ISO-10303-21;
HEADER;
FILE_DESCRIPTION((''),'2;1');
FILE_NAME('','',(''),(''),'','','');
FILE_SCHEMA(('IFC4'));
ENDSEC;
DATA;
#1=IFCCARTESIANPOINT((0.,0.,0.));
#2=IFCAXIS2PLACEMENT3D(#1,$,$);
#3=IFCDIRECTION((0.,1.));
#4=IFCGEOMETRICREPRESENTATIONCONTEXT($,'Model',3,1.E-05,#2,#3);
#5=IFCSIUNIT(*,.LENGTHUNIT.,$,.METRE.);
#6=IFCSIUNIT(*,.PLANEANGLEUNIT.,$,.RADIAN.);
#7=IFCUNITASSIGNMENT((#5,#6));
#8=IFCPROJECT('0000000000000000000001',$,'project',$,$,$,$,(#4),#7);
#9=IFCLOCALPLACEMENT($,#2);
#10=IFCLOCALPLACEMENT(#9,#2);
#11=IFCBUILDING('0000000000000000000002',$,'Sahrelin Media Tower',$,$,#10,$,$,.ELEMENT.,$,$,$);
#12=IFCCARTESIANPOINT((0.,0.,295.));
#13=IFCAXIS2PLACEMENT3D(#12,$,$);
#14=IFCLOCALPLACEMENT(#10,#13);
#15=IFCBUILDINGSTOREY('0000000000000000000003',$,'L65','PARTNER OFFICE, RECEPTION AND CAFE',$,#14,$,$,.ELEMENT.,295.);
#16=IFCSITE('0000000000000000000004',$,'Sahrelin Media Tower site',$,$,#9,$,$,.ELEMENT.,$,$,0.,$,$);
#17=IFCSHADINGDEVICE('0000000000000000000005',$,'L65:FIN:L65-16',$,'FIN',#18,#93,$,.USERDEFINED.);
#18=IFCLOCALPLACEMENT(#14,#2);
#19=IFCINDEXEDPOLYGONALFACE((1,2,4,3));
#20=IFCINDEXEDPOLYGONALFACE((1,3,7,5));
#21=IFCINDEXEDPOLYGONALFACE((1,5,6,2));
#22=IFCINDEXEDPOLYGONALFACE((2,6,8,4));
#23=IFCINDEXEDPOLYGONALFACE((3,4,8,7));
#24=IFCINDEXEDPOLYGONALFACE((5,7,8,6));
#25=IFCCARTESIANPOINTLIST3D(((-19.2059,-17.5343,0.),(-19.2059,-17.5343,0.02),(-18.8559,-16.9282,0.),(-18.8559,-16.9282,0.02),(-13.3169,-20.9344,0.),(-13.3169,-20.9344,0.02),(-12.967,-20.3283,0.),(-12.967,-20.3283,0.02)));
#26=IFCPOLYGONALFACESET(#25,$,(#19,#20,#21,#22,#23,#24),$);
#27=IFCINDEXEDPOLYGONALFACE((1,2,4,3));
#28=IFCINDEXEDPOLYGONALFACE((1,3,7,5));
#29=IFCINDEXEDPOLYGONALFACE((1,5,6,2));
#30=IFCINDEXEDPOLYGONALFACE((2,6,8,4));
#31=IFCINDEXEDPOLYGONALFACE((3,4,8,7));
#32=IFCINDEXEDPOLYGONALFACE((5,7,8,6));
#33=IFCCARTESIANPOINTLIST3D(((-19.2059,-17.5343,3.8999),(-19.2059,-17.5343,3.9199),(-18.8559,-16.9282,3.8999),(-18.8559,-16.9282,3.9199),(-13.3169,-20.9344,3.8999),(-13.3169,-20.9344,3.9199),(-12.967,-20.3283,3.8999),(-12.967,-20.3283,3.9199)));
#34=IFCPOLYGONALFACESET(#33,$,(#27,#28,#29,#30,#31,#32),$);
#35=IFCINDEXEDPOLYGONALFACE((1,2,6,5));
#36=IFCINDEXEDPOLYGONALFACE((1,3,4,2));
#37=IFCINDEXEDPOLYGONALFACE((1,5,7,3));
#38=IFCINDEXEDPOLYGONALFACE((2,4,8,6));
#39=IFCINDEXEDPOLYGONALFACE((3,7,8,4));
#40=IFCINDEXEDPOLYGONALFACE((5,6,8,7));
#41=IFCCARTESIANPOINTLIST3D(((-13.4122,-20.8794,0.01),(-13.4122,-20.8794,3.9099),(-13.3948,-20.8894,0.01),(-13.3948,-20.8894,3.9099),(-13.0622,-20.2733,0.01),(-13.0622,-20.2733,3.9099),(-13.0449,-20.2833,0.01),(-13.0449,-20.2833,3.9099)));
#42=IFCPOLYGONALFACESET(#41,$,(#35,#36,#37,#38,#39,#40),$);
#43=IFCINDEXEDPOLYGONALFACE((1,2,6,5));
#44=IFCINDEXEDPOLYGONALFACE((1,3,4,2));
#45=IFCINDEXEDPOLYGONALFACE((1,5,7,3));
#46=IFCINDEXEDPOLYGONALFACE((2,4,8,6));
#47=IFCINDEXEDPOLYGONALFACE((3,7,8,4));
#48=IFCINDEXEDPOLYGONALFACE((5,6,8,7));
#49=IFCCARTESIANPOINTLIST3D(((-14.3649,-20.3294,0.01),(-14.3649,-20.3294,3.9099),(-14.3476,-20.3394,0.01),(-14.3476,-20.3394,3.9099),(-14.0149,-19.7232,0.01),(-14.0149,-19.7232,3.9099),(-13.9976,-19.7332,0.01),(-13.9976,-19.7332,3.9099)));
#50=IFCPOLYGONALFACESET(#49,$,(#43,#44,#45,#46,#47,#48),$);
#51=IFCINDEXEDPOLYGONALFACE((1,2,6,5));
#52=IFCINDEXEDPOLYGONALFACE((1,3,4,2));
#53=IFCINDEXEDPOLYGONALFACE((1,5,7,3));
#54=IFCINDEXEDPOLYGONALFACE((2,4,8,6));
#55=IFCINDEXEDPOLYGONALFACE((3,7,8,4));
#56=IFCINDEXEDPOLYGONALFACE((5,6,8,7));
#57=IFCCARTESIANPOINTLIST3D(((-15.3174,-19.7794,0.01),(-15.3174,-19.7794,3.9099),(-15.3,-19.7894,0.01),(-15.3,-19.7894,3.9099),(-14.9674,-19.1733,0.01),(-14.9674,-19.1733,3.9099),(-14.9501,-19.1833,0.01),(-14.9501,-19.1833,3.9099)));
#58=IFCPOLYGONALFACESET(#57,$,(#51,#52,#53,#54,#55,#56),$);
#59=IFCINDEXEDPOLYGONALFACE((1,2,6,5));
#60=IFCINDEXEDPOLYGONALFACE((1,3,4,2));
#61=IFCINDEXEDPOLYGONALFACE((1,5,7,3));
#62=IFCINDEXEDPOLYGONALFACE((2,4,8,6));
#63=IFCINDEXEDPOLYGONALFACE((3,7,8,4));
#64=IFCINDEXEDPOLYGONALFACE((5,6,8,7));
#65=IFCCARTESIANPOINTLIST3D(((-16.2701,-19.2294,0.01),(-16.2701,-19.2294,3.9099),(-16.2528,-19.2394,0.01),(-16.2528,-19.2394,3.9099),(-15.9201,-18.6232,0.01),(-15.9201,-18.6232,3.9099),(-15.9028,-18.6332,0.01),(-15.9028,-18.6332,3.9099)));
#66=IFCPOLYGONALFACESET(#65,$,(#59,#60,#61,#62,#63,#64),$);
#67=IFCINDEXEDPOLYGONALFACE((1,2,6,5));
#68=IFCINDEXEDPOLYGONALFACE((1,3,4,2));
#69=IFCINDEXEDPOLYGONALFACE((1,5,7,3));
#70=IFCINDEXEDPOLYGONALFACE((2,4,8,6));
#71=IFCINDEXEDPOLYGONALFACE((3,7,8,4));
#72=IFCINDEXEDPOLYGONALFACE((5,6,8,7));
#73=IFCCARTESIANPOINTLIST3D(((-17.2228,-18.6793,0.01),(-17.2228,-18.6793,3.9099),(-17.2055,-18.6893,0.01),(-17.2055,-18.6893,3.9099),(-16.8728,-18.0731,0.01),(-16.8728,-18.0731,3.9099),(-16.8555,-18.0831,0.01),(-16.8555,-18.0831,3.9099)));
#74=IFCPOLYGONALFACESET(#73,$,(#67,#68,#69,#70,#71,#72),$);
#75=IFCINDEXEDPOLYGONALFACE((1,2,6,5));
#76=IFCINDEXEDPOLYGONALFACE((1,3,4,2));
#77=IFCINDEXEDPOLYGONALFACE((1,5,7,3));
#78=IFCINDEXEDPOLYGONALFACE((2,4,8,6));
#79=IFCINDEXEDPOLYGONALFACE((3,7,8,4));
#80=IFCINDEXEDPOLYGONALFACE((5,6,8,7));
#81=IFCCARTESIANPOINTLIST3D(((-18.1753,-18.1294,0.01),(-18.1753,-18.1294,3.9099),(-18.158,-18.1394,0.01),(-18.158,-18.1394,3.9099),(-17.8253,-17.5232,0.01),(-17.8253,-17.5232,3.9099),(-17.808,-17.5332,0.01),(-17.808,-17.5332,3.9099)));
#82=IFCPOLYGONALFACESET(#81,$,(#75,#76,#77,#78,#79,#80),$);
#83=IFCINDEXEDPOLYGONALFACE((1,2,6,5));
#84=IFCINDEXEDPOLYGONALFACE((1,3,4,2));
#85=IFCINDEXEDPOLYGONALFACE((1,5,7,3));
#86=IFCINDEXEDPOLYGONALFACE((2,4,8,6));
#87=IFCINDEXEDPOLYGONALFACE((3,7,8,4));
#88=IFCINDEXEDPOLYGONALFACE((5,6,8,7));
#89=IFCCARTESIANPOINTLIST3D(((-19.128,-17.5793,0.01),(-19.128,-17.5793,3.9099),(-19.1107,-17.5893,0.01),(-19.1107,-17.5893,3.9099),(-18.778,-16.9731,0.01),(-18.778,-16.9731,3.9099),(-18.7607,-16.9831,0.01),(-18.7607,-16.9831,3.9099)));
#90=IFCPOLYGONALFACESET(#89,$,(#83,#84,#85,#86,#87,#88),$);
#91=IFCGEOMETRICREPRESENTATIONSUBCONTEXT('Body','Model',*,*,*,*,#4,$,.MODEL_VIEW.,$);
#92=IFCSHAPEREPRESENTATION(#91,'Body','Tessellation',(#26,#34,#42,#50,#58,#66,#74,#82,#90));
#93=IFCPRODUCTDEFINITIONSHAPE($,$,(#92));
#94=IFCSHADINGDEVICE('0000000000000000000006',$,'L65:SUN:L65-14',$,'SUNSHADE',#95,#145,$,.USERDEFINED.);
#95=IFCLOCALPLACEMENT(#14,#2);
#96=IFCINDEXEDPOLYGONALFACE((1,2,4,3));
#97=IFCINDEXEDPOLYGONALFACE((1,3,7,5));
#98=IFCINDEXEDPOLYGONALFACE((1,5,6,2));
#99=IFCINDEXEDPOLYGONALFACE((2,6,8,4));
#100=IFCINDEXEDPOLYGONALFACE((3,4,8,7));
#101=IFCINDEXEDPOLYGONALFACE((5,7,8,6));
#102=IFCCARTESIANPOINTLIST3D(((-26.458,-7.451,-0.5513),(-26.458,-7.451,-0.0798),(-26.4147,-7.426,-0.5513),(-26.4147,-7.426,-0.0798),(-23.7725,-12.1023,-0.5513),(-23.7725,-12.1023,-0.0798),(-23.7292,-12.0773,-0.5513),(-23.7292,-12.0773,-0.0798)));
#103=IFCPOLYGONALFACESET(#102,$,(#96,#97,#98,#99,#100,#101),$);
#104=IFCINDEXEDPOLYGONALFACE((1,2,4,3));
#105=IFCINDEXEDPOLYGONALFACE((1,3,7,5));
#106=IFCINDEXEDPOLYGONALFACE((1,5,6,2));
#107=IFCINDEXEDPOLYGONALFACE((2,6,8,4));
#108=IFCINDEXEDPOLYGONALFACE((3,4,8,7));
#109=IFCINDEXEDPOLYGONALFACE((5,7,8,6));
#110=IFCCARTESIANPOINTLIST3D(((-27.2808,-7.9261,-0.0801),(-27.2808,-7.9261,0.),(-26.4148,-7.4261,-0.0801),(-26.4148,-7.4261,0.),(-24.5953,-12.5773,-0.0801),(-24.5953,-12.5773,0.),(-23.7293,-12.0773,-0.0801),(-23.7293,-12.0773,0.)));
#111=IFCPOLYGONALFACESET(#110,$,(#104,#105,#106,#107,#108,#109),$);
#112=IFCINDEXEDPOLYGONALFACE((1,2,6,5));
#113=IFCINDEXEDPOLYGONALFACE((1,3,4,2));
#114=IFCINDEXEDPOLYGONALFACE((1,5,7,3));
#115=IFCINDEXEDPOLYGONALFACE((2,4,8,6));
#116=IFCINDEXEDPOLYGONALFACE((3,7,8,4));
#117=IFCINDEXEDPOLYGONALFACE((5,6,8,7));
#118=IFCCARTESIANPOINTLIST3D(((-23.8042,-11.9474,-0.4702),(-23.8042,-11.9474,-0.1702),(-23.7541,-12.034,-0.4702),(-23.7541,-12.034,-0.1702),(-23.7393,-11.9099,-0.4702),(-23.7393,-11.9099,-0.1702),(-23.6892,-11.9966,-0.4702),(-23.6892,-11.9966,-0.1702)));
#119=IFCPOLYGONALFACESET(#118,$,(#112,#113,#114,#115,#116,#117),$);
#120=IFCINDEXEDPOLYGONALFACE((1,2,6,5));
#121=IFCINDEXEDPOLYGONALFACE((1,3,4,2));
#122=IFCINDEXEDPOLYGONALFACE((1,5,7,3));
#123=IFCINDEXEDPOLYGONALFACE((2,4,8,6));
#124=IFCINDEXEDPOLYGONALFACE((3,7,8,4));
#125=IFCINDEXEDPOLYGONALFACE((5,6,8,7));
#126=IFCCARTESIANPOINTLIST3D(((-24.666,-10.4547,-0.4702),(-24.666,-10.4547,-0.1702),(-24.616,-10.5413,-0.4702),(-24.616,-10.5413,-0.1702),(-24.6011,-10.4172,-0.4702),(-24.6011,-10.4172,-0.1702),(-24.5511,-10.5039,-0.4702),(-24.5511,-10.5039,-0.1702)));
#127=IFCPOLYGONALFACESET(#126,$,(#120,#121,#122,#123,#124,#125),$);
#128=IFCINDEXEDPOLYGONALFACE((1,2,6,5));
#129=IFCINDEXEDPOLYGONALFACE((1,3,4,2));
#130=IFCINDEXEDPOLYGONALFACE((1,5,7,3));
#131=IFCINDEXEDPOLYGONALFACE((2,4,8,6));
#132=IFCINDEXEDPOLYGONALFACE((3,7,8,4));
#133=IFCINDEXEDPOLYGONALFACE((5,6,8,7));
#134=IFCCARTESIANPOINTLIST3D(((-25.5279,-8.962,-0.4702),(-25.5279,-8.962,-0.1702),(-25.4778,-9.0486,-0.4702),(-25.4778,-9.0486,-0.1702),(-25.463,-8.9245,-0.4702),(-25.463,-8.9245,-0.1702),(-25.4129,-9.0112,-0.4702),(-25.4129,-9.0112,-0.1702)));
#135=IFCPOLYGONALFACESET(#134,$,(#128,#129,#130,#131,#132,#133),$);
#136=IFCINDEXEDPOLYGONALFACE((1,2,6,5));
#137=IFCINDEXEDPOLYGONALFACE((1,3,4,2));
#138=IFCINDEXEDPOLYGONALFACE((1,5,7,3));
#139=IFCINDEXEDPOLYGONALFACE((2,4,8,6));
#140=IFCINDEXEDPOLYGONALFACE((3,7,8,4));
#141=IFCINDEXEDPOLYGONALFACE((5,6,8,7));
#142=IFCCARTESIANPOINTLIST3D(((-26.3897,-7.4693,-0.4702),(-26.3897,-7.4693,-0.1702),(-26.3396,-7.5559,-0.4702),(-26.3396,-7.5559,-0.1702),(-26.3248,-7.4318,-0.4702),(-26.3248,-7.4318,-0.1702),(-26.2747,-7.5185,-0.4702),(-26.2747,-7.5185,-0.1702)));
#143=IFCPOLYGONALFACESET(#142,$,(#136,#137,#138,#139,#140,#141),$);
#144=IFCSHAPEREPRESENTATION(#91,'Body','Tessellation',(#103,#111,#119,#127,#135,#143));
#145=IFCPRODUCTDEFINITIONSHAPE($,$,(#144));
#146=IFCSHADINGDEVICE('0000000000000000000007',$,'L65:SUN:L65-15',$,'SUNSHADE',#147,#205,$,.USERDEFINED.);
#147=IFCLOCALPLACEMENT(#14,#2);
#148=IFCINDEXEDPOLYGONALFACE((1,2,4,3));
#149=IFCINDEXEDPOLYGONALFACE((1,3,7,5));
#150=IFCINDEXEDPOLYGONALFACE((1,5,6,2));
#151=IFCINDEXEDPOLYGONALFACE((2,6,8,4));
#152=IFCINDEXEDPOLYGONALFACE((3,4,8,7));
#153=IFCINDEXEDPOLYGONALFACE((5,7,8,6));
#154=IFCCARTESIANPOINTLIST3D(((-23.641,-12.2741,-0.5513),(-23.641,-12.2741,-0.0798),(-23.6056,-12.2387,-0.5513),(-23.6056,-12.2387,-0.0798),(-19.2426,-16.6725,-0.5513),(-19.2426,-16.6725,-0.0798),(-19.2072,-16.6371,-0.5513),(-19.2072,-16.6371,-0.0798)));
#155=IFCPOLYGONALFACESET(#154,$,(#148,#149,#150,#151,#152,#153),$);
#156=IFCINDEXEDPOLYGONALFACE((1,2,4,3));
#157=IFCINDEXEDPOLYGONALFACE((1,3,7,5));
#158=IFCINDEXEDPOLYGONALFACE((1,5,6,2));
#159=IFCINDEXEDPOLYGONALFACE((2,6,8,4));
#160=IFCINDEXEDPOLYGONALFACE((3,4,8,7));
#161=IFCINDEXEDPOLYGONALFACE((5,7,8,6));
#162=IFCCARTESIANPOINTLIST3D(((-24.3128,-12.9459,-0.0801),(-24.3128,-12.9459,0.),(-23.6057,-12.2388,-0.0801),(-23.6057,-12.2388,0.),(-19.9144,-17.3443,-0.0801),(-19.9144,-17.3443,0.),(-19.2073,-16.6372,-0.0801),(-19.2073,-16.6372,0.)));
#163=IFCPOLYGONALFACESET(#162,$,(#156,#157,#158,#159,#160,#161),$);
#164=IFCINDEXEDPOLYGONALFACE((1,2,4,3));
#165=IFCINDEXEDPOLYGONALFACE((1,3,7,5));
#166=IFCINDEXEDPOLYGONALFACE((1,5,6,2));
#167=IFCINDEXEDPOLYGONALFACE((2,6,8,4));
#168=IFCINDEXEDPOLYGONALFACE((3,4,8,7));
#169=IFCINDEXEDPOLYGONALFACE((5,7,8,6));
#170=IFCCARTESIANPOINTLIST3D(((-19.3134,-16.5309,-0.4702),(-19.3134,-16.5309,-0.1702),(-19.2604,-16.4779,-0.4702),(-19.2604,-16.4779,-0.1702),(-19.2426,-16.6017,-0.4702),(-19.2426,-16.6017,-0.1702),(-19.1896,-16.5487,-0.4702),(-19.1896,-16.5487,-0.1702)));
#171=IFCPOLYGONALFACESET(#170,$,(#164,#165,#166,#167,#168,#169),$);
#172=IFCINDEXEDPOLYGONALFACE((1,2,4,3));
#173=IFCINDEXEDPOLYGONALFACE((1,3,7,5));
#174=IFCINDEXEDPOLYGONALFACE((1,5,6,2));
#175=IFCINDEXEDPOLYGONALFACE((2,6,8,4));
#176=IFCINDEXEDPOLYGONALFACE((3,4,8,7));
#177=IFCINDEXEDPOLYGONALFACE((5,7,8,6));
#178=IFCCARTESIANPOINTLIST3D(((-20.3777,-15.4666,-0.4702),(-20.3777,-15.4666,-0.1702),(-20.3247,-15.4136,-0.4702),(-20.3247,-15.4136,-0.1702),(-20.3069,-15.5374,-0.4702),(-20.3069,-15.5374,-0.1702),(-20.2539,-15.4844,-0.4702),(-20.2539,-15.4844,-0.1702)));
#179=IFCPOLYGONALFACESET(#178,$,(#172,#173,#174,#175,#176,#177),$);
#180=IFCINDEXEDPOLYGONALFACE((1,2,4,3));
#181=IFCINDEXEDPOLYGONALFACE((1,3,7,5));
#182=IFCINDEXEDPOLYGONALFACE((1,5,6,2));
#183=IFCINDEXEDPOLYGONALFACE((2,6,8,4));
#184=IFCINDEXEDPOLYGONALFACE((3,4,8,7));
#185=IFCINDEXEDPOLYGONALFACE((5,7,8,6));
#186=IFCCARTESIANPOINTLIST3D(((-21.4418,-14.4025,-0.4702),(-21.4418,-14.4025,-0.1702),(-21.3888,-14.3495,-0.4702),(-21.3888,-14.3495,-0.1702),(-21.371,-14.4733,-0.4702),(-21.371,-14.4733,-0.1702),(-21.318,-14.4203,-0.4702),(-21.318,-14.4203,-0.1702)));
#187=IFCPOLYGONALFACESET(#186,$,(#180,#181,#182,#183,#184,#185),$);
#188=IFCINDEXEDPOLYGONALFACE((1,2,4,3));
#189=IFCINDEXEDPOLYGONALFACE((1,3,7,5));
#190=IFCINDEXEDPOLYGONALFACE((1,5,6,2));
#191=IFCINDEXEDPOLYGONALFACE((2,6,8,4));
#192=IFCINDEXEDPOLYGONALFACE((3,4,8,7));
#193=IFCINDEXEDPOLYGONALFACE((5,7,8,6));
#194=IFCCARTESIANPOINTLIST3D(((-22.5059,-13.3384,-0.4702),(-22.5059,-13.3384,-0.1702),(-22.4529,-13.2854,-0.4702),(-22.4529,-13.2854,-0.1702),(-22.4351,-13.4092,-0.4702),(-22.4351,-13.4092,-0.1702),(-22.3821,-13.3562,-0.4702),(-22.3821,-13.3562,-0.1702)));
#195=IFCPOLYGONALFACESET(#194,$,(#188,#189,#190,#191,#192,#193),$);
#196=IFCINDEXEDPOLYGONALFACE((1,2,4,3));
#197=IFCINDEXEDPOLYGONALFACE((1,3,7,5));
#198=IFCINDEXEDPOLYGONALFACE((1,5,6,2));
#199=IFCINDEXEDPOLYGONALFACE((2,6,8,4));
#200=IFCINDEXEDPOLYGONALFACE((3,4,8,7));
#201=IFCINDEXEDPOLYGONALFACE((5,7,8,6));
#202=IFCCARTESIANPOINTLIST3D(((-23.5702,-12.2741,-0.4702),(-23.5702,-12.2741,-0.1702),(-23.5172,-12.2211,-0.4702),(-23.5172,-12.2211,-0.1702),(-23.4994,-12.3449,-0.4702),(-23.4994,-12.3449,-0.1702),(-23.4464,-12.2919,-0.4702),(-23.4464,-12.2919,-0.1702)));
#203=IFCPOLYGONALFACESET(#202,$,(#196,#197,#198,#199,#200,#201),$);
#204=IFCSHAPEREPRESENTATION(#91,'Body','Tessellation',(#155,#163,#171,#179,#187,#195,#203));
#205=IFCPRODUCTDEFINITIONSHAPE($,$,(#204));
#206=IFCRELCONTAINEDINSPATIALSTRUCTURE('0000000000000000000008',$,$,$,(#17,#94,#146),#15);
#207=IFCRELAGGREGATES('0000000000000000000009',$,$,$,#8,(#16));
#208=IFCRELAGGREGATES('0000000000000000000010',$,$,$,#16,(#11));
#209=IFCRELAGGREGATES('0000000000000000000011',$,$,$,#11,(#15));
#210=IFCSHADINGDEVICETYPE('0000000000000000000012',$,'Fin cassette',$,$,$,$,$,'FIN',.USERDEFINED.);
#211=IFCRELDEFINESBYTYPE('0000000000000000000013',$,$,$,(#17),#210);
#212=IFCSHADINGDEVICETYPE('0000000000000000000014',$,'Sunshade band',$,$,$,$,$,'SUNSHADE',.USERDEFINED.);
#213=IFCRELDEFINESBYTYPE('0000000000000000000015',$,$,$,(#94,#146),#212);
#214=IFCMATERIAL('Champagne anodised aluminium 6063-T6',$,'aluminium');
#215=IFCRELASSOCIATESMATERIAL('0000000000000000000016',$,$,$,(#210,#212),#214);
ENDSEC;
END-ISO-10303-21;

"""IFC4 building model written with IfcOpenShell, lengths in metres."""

from ifc_helpers import new_model, si_unit, direction, frame, origin, origin_2d, place, context, subcontext, project, spatial, rectangle, extrude, material, type_object, element, save


model = new_model("IFC4")

# Units and contexts
model_context = context("Model", 3, precision=1e-05, world=origin(), true_north=direction((0.0, 1.0)))
body_context = subcontext(model_context, "Body", "Model", "MODEL_VIEW")
ifc_project = project(units=[si_unit("LENGTHUNIT", "METRE"), si_unit("PLANEANGLEUNIT", "RADIAN")], contexts=[model_context])

# Site, building, storey
site_placement = place(None, origin())
site = spatial("IfcSite", under=ifc_project, at=site_placement, Name="Sahrelin Media Tower site", CompositionType="ELEMENT", RefElevation=0.0)
building_placement = place(site_placement, origin())
building = spatial("IfcBuilding", under=site, at=building_placement, Name="Sahrelin Media Tower", CompositionType="ELEMENT")
storey_placement = place(building_placement, frame((0.0, 0.0, 295.0)))
storey = spatial("IfcBuildingStorey", under=building, at=storey_placement, Name="L65", Description="PARTNER OFFICE, RECEPTION AND CAFE", CompositionType="ELEMENT", Elevation=295.0)

# Shared definitions
ifc_material_1 = material(Name="Champagne anodised aluminium 6063-T6", Category="aluminium")

# Shading devices
shading_device_type_1 = type_object("IfcShadingDeviceType", Name="Fin cassette", ElementType="FIN", PredefinedType="USERDEFINED", material=ifc_material_1)
placement_1 = place(storey_placement, frame((-25.0547, -9.7417, 0.0), z_axis=(0.0, 0.0, 1.0), x_axis=(-0.500011, 0.866019, 0.0)))
placement_2 = place(storey_placement, frame((-21.3923, -14.4238, 0.0), z_axis=(0.0, 0.0, 1.0), x_axis=(-0.707107, 0.707107, 0.0)))
placement_3 = place(storey_placement, frame((-15.8765, -18.5676, 0.0), z_axis=(0.0, 0.0, 1.0), x_axis=(-0.866019, 0.500011, 0.0)))
element("IfcShadingDevice", 1, at=placement_3, inside=storey, type_object=shading_device_type_1, Name="L65:FIN:L65-16", ObjectType="FIN", PredefinedType="USERDEFINED", context=body_context, shape_type="SweptSolid", body=[
    extrude(rectangle(XDim=6.8, YDim=0.7, at=origin_2d()), frame((0.0, 0.4199, 0.0)), (0.0, 0.0, 1.0), 0.02),
    extrude(rectangle(XDim=6.8, YDim=0.7, at=origin_2d()), frame((0.0, 0.4199, 3.8999)), (0.0, 0.0, 1.0), 0.02),
    extrude(rectangle(XDim=0.02, YDim=0.7, at=origin_2d()), frame((-3.3, 0.4199, 0.01), z_axis=(0.0, 0.0, 1.0), x_axis=(1.0, 0.0, 0.0)), (0.0, 0.0, 1.0), 3.8999),
    extrude(rectangle(XDim=0.02, YDim=0.7, at=origin_2d()), frame((-2.2, 0.4199, 0.01), z_axis=(0.0, 0.0, 1.0), x_axis=(1.0, 0.0, 0.0)), (0.0, 0.0, 1.0), 3.8999),
    extrude(rectangle(XDim=0.02, YDim=0.7, at=origin_2d()), frame((-1.1001, 0.4199, 0.01), z_axis=(0.0, 0.0, 1.0), x_axis=(1.0, 0.0, 0.0)), (0.0, 0.0, 1.0), 3.8999),
    extrude(rectangle(XDim=0.02, YDim=0.7, at=origin_2d()), frame((0.0, 0.4199, 0.01), z_axis=(0.0, 0.0, 1.0), x_axis=(1.0, 0.0, 0.0)), (0.0, 0.0, 1.0), 3.8999),
    extrude(rectangle(XDim=0.02, YDim=0.7, at=origin_2d()), frame((1.1001, 0.4199, 0.01), z_axis=(0.0, 0.0, 1.0), x_axis=(1.0, 0.0, 0.0)), (0.0, 0.0, 1.0), 3.8999),
    extrude(rectangle(XDim=0.02, YDim=0.7, at=origin_2d()), frame((2.2, 0.4199, 0.01), z_axis=(0.0, 0.0, 1.0), x_axis=(1.0, 0.0, 0.0)), (0.0, 0.0, 1.0), 3.8999),
    extrude(rectangle(XDim=0.02, YDim=0.7, at=origin_2d()), frame((3.3, 0.4199, 0.01), z_axis=(0.0, 0.0, 1.0), x_axis=(1.0, 0.0, 0.0)), (0.0, 0.0, 1.0), 3.8999),
])
shading_device_type_2 = type_object("IfcShadingDeviceType", Name="Sunshade band", ElementType="SUNSHADE", PredefinedType="USERDEFINED", material=ifc_material_1)
element("IfcShadingDevice", 2, at=placement_1, inside=storey, type_object=shading_device_type_2, Name="L65:SUN:L65-14", ObjectType="SUNSHADE", PredefinedType="USERDEFINED", context=body_context, shape_type="SweptSolid", body=[
    extrude(rectangle(XDim=5.3708, YDim=0.05, at=origin_2d()), frame((0.0, 0.0449, -0.5513)), (0.0, 0.0, 1.0), 0.4714),
    extrude(rectangle(XDim=5.3708, YDim=1.0, at=origin_2d()), frame((0.0, 0.52, -0.0801)), (0.0, 0.0, 1.0), 0.0801),
    extrude(rectangle(XDim=0.1001, YDim=0.075, at=origin_2d()), frame((-2.5854, -0.0176, -0.4702)), (0.0, 0.0, 1.0), 0.3),
    extrude(rectangle(XDim=0.1001, YDim=0.075, at=origin_2d()), frame((-0.8618, -0.0176, -0.4702)), (0.0, 0.0, 1.0), 0.3),
    extrude(rectangle(XDim=0.1001, YDim=0.075, at=origin_2d()), frame((0.8618, -0.0176, -0.4702)), (0.0, 0.0, 1.0), 0.3),
    extrude(rectangle(XDim=0.1001, YDim=0.075, at=origin_2d()), frame((2.5854, -0.0176, -0.4702)), (0.0, 0.0, 1.0), 0.3),
])
element("IfcShadingDevice", 3, at=placement_2, inside=storey, type_object=shading_device_type_2, Name="L65:SUN:L65-15", ObjectType="SUNSHADE", PredefinedType="USERDEFINED", context=body_context, shape_type="SweptSolid", body=[
    extrude(rectangle(XDim=6.2202, YDim=0.05, at=origin_2d()), frame((0.0, 0.0449, -0.5513)), (0.0, 0.0, 1.0), 0.4714),
    extrude(rectangle(XDim=6.2202, YDim=1.0, at=origin_2d()), frame((0.0, 0.52, -0.0801)), (0.0, 0.0, 1.0), 0.0801),
    extrude(rectangle(XDim=0.1001, YDim=0.075, at=origin_2d()), frame((-3.01, -0.0176, -0.4702)), (0.0, 0.0, 1.0), 0.3),
    extrude(rectangle(XDim=0.1001, YDim=0.075, at=origin_2d()), frame((-1.5049, -0.0176, -0.4702)), (0.0, 0.0, 1.0), 0.3),
    extrude(rectangle(XDim=0.1001, YDim=0.075, at=origin_2d()), frame((0.0, -0.0176, -0.4702)), (0.0, 0.0, 1.0), 0.3),
    extrude(rectangle(XDim=0.1001, YDim=0.075, at=origin_2d()), frame((1.5049, -0.0176, -0.4702)), (0.0, 0.0, 1.0), 0.3),
    extrude(rectangle(XDim=0.1001, YDim=0.075, at=origin_2d()), frame((3.01, -0.0176, -0.4702)), (0.0, 0.0, 1.0), 0.3),
])

save(model, "model.ifc")
